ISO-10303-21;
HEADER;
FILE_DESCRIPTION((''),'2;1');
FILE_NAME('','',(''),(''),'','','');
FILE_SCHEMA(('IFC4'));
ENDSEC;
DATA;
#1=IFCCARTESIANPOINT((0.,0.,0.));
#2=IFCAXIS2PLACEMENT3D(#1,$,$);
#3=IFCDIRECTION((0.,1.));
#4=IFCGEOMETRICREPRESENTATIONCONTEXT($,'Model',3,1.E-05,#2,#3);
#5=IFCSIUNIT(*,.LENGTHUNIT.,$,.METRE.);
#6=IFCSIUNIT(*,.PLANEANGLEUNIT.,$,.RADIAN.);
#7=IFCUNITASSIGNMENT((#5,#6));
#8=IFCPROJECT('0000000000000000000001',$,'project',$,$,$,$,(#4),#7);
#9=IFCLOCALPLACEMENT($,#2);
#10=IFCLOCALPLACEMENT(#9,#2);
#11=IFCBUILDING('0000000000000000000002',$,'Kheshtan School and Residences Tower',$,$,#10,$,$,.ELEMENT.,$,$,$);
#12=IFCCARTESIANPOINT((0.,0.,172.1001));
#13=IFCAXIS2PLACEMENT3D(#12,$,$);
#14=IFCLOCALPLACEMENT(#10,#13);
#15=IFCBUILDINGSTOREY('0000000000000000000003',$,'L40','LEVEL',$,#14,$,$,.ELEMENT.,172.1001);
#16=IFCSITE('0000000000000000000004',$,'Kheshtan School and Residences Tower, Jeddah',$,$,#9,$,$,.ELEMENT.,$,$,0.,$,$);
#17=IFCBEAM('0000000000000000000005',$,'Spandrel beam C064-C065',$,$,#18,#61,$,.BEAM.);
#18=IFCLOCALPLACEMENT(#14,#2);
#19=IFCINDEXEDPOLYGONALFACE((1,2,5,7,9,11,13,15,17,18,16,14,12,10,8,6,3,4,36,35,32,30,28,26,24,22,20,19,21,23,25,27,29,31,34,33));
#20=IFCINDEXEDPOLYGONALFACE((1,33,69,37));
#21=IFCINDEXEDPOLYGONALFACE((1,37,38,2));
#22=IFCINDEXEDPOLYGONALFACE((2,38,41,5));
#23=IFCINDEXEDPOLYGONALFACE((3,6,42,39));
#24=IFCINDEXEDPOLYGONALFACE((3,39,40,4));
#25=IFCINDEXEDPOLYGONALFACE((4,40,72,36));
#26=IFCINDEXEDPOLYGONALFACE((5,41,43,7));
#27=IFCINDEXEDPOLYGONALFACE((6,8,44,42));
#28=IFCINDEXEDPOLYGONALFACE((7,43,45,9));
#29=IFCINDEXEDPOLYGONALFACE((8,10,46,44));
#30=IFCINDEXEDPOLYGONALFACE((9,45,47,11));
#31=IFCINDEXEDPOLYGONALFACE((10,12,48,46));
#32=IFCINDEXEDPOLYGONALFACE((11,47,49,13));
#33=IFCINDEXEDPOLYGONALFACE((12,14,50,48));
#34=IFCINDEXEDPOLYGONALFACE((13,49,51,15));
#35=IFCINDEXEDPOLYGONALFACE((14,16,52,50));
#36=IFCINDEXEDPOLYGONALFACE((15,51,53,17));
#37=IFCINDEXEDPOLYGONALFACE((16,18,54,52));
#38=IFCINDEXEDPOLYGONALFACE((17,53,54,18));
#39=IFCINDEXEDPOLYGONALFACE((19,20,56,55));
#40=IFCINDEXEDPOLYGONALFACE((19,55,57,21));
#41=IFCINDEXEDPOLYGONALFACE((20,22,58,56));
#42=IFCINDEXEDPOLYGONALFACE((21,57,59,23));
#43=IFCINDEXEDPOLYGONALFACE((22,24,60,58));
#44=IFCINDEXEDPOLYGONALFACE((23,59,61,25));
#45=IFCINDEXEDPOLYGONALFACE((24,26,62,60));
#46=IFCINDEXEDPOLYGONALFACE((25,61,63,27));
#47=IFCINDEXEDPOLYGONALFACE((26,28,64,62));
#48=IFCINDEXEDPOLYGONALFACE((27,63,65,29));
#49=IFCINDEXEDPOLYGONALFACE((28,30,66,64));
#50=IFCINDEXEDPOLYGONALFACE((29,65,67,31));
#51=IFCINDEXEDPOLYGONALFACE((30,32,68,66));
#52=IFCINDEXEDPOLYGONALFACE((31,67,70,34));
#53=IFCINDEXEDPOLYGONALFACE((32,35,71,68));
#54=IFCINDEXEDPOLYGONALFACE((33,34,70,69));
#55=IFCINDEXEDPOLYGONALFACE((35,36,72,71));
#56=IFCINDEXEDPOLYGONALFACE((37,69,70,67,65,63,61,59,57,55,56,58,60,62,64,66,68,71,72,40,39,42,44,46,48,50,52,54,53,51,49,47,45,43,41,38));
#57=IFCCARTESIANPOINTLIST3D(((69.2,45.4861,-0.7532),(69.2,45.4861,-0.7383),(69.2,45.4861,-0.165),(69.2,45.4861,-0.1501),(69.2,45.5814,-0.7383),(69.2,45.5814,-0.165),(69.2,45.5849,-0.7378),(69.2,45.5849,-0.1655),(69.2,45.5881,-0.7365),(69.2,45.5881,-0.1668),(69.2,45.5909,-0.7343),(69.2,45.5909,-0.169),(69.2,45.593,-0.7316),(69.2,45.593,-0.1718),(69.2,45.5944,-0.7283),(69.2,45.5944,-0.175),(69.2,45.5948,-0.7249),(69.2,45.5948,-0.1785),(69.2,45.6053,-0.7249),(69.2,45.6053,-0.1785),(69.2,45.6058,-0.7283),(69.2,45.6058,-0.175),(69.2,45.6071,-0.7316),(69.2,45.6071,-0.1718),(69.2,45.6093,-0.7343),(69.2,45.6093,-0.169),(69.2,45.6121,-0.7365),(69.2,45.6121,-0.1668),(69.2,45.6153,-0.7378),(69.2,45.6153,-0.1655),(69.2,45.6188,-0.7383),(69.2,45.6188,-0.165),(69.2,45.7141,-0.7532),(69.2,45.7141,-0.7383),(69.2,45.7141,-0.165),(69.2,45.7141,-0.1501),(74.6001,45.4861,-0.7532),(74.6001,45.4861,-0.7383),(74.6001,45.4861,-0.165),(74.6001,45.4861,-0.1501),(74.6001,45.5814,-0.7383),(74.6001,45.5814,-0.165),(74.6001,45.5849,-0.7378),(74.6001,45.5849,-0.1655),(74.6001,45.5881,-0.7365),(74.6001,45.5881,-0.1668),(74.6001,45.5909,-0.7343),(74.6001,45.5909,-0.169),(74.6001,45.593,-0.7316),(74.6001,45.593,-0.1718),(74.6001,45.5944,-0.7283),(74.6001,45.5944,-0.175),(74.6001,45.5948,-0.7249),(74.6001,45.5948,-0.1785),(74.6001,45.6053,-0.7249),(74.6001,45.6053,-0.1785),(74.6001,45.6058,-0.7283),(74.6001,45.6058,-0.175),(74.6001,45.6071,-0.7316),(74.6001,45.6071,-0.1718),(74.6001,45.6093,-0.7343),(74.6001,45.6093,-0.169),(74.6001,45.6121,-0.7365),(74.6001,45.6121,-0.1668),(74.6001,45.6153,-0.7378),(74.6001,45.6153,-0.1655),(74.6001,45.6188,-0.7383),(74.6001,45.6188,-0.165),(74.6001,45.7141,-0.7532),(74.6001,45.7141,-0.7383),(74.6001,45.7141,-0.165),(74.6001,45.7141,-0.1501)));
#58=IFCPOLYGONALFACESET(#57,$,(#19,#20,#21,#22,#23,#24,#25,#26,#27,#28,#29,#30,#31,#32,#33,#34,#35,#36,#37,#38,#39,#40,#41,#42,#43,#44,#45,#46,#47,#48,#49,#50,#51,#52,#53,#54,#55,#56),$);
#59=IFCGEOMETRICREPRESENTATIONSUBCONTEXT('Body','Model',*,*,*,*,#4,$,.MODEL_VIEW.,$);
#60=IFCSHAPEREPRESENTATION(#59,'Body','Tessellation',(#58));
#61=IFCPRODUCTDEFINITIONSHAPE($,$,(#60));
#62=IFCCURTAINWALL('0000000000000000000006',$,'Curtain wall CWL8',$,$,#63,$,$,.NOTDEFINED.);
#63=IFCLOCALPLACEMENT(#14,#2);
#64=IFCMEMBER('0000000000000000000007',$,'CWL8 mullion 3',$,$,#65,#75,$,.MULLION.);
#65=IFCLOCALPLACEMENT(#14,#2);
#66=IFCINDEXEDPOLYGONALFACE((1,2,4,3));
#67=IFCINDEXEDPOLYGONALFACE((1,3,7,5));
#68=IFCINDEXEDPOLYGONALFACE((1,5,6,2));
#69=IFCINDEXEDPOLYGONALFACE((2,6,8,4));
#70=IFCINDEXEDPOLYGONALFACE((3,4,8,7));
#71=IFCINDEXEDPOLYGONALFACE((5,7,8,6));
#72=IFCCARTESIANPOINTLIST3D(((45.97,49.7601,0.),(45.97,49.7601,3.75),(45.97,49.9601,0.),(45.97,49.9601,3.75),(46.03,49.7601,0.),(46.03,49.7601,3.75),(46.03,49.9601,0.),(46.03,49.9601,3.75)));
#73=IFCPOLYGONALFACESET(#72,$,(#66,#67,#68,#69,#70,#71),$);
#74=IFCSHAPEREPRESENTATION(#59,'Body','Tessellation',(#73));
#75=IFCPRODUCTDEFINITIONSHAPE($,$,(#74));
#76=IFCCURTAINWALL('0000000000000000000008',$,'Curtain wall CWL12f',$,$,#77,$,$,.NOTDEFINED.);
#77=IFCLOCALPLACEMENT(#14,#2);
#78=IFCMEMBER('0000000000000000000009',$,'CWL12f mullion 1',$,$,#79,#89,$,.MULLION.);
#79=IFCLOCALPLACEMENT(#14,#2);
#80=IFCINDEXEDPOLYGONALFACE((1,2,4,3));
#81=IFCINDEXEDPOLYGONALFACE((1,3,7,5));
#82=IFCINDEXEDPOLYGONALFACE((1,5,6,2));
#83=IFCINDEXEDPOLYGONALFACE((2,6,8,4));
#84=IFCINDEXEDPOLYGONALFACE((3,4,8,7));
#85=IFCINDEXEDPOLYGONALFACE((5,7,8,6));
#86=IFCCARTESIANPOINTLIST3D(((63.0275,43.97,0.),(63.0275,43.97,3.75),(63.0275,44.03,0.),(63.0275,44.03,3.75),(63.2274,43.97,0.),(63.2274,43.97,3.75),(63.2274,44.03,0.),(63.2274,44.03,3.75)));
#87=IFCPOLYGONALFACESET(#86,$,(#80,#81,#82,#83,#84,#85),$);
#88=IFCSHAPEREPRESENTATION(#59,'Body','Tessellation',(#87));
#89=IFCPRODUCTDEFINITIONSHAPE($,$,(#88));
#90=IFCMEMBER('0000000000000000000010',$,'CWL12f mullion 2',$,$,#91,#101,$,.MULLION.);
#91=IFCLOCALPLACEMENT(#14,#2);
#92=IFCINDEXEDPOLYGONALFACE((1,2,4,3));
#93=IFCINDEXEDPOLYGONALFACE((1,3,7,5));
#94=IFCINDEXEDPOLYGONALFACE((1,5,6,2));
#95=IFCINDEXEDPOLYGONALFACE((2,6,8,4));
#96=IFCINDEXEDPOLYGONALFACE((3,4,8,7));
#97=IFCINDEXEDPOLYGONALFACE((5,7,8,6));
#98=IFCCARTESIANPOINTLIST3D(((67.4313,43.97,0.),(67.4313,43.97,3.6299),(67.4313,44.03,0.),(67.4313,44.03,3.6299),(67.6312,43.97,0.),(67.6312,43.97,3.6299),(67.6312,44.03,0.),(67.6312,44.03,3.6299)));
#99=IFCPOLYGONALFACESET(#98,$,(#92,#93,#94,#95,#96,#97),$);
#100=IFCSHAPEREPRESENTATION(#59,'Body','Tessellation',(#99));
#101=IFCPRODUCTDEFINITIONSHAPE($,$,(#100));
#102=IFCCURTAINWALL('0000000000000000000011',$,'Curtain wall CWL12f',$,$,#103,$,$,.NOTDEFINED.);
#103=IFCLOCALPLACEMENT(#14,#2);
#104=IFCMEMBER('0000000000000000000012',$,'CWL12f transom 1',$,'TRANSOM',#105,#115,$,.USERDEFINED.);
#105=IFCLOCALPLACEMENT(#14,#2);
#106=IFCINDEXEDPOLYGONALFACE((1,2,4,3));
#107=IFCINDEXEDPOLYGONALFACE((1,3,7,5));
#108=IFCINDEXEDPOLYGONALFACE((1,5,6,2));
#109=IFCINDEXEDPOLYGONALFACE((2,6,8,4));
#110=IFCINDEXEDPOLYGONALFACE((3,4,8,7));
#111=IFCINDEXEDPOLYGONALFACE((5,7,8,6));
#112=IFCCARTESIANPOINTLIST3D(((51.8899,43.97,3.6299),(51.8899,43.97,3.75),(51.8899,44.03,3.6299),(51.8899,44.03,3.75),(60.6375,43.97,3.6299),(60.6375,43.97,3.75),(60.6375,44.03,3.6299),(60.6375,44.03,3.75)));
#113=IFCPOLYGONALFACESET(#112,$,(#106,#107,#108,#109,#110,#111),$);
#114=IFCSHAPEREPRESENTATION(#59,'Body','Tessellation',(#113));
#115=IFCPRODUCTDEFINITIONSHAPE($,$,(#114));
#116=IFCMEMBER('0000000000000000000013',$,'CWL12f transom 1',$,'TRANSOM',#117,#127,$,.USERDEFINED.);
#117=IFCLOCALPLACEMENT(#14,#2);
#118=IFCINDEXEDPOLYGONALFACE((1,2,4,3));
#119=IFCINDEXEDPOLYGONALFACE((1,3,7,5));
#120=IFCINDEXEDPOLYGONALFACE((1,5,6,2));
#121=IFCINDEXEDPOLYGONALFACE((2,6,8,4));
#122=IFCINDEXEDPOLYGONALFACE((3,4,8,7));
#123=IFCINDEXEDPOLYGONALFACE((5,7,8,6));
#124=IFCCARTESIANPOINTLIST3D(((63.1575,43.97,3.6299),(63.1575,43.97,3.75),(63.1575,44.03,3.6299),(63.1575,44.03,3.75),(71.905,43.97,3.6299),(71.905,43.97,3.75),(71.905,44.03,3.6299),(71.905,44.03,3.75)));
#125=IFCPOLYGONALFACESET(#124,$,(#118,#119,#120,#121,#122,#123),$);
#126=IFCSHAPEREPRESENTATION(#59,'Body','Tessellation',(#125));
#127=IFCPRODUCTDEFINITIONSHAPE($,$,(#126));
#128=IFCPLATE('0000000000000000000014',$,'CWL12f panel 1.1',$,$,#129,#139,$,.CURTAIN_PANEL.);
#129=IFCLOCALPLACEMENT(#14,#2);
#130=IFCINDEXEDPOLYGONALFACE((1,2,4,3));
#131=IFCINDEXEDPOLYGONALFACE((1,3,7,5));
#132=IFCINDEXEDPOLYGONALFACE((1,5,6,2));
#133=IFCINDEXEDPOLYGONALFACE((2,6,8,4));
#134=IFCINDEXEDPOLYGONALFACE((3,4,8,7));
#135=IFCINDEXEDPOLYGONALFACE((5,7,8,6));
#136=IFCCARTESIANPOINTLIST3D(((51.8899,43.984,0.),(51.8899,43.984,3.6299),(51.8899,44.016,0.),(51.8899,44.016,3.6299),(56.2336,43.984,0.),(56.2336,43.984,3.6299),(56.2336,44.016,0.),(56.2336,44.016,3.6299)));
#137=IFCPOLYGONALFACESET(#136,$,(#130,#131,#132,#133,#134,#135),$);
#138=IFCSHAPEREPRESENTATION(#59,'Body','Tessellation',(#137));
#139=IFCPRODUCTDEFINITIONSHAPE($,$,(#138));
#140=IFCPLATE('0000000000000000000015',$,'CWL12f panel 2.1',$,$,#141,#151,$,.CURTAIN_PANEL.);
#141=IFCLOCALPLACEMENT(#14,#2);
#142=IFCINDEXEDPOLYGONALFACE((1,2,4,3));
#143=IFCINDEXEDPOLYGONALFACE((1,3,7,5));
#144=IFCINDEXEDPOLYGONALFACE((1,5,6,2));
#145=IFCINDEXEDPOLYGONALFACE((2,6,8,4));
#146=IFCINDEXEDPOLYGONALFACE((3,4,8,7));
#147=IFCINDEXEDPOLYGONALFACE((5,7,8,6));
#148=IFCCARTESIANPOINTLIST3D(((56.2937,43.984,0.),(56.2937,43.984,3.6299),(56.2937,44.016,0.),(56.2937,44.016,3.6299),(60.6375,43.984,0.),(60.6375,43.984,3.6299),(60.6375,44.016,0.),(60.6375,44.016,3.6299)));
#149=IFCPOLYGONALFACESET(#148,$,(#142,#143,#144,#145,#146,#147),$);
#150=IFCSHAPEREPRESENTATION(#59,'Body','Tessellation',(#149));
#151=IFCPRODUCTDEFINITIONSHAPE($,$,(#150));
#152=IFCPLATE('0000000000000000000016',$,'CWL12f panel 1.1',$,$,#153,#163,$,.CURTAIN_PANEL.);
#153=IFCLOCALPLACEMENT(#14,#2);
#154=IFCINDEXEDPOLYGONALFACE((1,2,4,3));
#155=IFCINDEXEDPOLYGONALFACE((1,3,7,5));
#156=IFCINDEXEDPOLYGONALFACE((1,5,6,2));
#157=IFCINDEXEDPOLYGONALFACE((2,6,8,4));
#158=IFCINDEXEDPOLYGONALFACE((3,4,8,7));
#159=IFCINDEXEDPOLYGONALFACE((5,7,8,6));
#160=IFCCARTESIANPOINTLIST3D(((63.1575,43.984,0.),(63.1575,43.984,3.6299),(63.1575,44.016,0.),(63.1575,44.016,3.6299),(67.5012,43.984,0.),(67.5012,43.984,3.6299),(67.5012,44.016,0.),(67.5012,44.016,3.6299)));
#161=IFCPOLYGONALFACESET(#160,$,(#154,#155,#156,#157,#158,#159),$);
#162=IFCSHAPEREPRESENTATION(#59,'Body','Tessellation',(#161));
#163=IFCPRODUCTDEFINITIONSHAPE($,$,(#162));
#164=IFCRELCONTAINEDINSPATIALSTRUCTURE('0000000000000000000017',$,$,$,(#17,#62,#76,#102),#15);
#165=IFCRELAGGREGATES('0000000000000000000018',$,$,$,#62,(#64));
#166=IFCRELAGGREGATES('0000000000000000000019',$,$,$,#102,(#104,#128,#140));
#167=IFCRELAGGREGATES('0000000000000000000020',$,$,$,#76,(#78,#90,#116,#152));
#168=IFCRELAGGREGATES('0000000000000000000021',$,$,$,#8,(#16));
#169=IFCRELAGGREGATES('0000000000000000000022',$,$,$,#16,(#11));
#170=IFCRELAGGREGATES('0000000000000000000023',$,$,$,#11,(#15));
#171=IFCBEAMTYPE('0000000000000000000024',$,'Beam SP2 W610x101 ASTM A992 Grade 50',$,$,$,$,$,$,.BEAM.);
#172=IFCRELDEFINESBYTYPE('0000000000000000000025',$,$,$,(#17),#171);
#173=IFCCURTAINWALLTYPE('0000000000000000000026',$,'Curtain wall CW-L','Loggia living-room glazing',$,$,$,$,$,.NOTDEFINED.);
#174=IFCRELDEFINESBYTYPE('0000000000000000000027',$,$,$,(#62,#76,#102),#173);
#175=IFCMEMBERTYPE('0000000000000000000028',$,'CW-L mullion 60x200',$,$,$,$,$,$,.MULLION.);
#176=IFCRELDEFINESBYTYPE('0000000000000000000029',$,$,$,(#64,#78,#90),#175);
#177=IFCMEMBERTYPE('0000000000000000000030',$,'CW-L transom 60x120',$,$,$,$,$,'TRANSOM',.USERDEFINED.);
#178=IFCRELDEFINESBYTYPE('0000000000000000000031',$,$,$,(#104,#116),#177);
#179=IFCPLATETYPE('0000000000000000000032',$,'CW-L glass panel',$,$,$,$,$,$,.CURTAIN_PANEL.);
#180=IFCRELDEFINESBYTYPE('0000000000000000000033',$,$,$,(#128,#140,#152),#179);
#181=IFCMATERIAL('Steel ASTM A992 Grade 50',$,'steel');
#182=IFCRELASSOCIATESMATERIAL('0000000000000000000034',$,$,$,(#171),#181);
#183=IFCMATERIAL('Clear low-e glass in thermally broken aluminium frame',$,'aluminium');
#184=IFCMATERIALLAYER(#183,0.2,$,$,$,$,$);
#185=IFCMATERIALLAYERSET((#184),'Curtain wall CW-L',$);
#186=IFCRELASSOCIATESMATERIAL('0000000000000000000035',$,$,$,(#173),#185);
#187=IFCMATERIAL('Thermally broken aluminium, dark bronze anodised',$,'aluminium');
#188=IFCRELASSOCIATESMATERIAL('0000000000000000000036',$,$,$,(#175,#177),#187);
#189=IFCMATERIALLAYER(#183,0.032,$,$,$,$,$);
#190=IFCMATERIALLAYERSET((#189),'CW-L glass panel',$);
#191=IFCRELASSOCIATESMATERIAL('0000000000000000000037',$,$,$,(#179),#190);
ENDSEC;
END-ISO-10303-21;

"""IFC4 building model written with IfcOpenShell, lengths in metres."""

from ifc_helpers import new_model, si_unit, direction, frame, origin, origin_2d, place, context, subcontext, project, spatial, rectangle, i_section, extrude, material, layer, layer_set, material_profile, profile_set, type_object, element, aggregate, save


model = new_model("IFC4")

# Units and contexts
model_context = context("Model", 3, precision=1e-05, world=origin(), true_north=direction((0.0, 1.0)))
body_context = subcontext(model_context, "Body", "Model", "MODEL_VIEW")
ifc_project = project(units=[si_unit("LENGTHUNIT", "METRE"), si_unit("PLANEANGLEUNIT", "RADIAN")], contexts=[model_context])

# Site, building, storey
site_placement = place(None, origin())
site = spatial("IfcSite", under=ifc_project, at=site_placement, Name="Kheshtan School and Residences Tower, Jeddah", CompositionType="ELEMENT", RefElevation=0.0)
building_placement = place(site_placement, origin())
building = spatial("IfcBuilding", under=site, at=building_placement, Name="Kheshtan School and Residences Tower", CompositionType="ELEMENT")
storey_placement = place(building_placement, frame((0.0, 0.0, 172.1001)))
storey = spatial("IfcBuildingStorey", under=building, at=storey_placement, Name="L40", Description="LEVEL", CompositionType="ELEMENT", Elevation=172.1001)

# Shared definitions
ifc_material_1 = material(Name="Steel ASTM A992 Grade 50", Category="steel")

# Beam
ifc_material_profile_1 = material_profile(ifc_material_1, i_section(OverallWidth=0.228, OverallDepth=0.603, WebThickness=0.0105, FlangeThickness=0.0149, FilletRadius=0.0134, at=origin_2d()), Name="W610x101")
ifc_profile_set_1 = profile_set([ifc_material_profile_1], Name="Steel ASTM A992 Grade 50")
beam_type_1 = type_object("IfcBeamType", Name="Beam SP2 W610x101 ASTM A992 Grade 50", PredefinedType="BEAM", material=ifc_profile_set_1)
beam_1_placement = place(storey_placement, frame((69.2, 45.6001, -0.4517), z_axis=(1.0, 0.0, 0.0), x_axis=(0.0, 1.0, 0.0)))
element("IfcBeam", 1, at=beam_1_placement, inside=storey, type_object=beam_type_1, Name="Spandrel beam C064-C065", PredefinedType="BEAM", context=body_context, shape_type="SweptSolid", body=[
    extrude(i_section(OverallWidth=0.228, OverallDepth=0.603, WebThickness=0.0105, FlangeThickness=0.0149, FilletRadius=0.0134, at=origin_2d()), origin(), (0.0, 0.0, 1.0), 5.4001),
])

# Curtain wall, member
ifc_material_2 = material(Name="Clear low-e glass in thermally broken aluminium frame", Category="aluminium")
ifc_layer_1 = layer(ifc_material_2, 0.2)
ifc_layer_set_1 = layer_set([ifc_layer_1], Name="Curtain wall CW-L")
curtain_wall_type = type_object("IfcCurtainWallType", Name="Curtain wall CW-L", Description="Loggia living-room glazing", PredefinedType="NOTDEFINED", material=ifc_layer_set_1)
curtain_wall_1_placement = place(storey_placement, origin())
curtain_wall_1 = element("IfcCurtainWall", 2, at=curtain_wall_1_placement, inside=storey, type_object=curtain_wall_type, Name="Curtain wall CWL8", PredefinedType="NOTDEFINED")
ifc_material_3 = material(Name="Thermally broken aluminium, dark bronze anodised", Category="aluminium")
ifc_material_profile_2 = material_profile(ifc_material_3, rectangle(XDim=0.0601, YDim=0.2, at=origin_2d()), Name="CW-L mullion 60x200")
ifc_profile_set_2 = profile_set([ifc_material_profile_2], Name="Thermally broken aluminium, dark bronze anodised")
member_type_1 = type_object("IfcMemberType", Name="CW-L mullion 60x200", PredefinedType="MULLION", material=ifc_profile_set_2)
member_1_placement = place(storey_placement, frame((46.0, 49.8601, 0.0), z_axis=(0.0, 0.0, 1.0), x_axis=(1.0, 0.0, 0.0)))
member_1 = element("IfcMember", 3, at=member_1_placement, type_object=member_type_1, Name="CWL8 mullion 3", PredefinedType="MULLION", context=body_context, shape_type="SweptSolid", body=[
    extrude(rectangle(XDim=0.0601, YDim=0.2, at=origin_2d()), origin(), (0.0, 0.0, 1.0), 3.75),
])
aggregate(curtain_wall_1, [member_1])

# Curtain wall, members
curtain_wall_2_placement = place(storey_placement, origin())
curtain_wall_2 = element("IfcCurtainWall", 4, at=curtain_wall_2_placement, inside=storey, type_object=curtain_wall_type, Name="Curtain wall CWL12f", PredefinedType="NOTDEFINED")
member_2_placement = place(storey_placement, frame((63.1274, 44.0, 0.0), z_axis=(0.0, 0.0, 1.0), x_axis=(0.0, 1.0, 0.0)))
member_2 = element("IfcMember", 5, at=member_2_placement, type_object=member_type_1, Name="CWL12f mullion 1", PredefinedType="MULLION", context=body_context, shape_type="SweptSolid", body=[
    extrude(rectangle(XDim=0.0601, YDim=0.2, at=origin_2d()), origin(), (0.0, 0.0, 1.0), 3.75),
])
member_3_placement = place(storey_placement, frame((67.5312, 44.0, 0.0), z_axis=(0.0, 0.0, 1.0), x_axis=(0.0, 1.0, 0.0)))
member_3 = element("IfcMember", 6, at=member_3_placement, type_object=member_type_1, Name="CWL12f mullion 2", PredefinedType="MULLION", context=body_context, shape_type="SweptSolid", body=[
    extrude(rectangle(XDim=0.0601, YDim=0.2, at=origin_2d()), origin(), (0.0, 0.0, 1.0), 3.6299),
])

# Curtain wall, member
curtain_wall_3_placement = place(storey_placement, origin())
curtain_wall_3 = element("IfcCurtainWall", 7, at=curtain_wall_3_placement, inside=storey, type_object=curtain_wall_type, Name="Curtain wall CWL12f", PredefinedType="NOTDEFINED")
ifc_material_profile_3 = material_profile(ifc_material_3, rectangle(XDim=0.0601, YDim=0.1201, at=origin_2d()), Name="CW-L transom 60x120")
ifc_profile_set_3 = profile_set([ifc_material_profile_3], Name="Thermally broken aluminium, dark bronze anodised")
member_type_2 = type_object("IfcMemberType", Name="CW-L transom 60x120", ElementType="TRANSOM", PredefinedType="USERDEFINED", material=ifc_profile_set_3)
member_4_placement = place(storey_placement, frame((51.8899, 44.0, 3.6899), z_axis=(1.0, 0.0, 0.0), x_axis=(0.0, 1.0, 0.0)))
member_4 = element("IfcMember", 8, at=member_4_placement, type_object=member_type_2, Name="CWL12f transom 1", ObjectType="TRANSOM", PredefinedType="USERDEFINED", context=body_context, shape_type="SweptSolid", body=[
    extrude(rectangle(XDim=0.0601, YDim=0.1201, at=origin_2d()), origin(), (0.0, 0.0, 1.0), 8.7476),
])

# Member
member_5_placement = place(storey_placement, frame((63.1575, 44.0, 3.6899), z_axis=(1.0, 0.0, 0.0), x_axis=(0.0, 1.0, 0.0)))
member_5 = element("IfcMember", 9, at=member_5_placement, type_object=member_type_2, Name="CWL12f transom 1", ObjectType="TRANSOM", PredefinedType="USERDEFINED", context=body_context, shape_type="SweptSolid", body=[
    extrude(rectangle(XDim=0.0601, YDim=0.1201, at=origin_2d()), origin(), (0.0, 0.0, 1.0), 8.7476),
])

# Plates
ifc_layer_2 = layer(ifc_material_2, 0.032)
ifc_layer_set_2 = layer_set([ifc_layer_2], Name="CW-L glass panel")
plate_type = type_object("IfcPlateType", Name="CW-L glass panel", PredefinedType="CURTAIN_PANEL", material=ifc_layer_set_2)
plate_1_placement = place(storey_placement, frame((54.0618, 44.0, 0.0), z_axis=(0.0, 0.0, 1.0), x_axis=(1.0, 0.0, 0.0)))
plate_1 = element("IfcPlate", 10, at=plate_1_placement, type_object=plate_type, Name="CWL12f panel 1.1", PredefinedType="CURTAIN_PANEL", context=body_context, shape_type="SweptSolid", body=[
    extrude(rectangle(XDim=4.3438, YDim=0.032, at=origin_2d()), origin(), (0.0, 0.0, 1.0), 3.6299),
])
plate_2_placement = place(storey_placement, frame((58.4656, 44.0, 0.0), z_axis=(0.0, 0.0, 1.0), x_axis=(1.0, 0.0, 0.0)))
plate_2 = element("IfcPlate", 11, at=plate_2_placement, type_object=plate_type, Name="CWL12f panel 2.1", PredefinedType="CURTAIN_PANEL", context=body_context, shape_type="SweptSolid", body=[
    extrude(rectangle(XDim=4.3438, YDim=0.032, at=origin_2d()), origin(), (0.0, 0.0, 1.0), 3.6299),
])
aggregate(curtain_wall_3, [member_4, plate_1, plate_2])
plate_3_placement = place(storey_placement, frame((65.3293, 44.0, 0.0), z_axis=(0.0, 0.0, 1.0), x_axis=(1.0, 0.0, 0.0)))
plate_3 = element("IfcPlate", 12, at=plate_3_placement, type_object=plate_type, Name="CWL12f panel 1.1", PredefinedType="CURTAIN_PANEL", context=body_context, shape_type="SweptSolid", body=[
    extrude(rectangle(XDim=4.3438, YDim=0.032, at=origin_2d()), origin(), (0.0, 0.0, 1.0), 3.6299),
])
aggregate(curtain_wall_2, [member_2, member_3, member_5, plate_3])

save(model, "model.ifc")
